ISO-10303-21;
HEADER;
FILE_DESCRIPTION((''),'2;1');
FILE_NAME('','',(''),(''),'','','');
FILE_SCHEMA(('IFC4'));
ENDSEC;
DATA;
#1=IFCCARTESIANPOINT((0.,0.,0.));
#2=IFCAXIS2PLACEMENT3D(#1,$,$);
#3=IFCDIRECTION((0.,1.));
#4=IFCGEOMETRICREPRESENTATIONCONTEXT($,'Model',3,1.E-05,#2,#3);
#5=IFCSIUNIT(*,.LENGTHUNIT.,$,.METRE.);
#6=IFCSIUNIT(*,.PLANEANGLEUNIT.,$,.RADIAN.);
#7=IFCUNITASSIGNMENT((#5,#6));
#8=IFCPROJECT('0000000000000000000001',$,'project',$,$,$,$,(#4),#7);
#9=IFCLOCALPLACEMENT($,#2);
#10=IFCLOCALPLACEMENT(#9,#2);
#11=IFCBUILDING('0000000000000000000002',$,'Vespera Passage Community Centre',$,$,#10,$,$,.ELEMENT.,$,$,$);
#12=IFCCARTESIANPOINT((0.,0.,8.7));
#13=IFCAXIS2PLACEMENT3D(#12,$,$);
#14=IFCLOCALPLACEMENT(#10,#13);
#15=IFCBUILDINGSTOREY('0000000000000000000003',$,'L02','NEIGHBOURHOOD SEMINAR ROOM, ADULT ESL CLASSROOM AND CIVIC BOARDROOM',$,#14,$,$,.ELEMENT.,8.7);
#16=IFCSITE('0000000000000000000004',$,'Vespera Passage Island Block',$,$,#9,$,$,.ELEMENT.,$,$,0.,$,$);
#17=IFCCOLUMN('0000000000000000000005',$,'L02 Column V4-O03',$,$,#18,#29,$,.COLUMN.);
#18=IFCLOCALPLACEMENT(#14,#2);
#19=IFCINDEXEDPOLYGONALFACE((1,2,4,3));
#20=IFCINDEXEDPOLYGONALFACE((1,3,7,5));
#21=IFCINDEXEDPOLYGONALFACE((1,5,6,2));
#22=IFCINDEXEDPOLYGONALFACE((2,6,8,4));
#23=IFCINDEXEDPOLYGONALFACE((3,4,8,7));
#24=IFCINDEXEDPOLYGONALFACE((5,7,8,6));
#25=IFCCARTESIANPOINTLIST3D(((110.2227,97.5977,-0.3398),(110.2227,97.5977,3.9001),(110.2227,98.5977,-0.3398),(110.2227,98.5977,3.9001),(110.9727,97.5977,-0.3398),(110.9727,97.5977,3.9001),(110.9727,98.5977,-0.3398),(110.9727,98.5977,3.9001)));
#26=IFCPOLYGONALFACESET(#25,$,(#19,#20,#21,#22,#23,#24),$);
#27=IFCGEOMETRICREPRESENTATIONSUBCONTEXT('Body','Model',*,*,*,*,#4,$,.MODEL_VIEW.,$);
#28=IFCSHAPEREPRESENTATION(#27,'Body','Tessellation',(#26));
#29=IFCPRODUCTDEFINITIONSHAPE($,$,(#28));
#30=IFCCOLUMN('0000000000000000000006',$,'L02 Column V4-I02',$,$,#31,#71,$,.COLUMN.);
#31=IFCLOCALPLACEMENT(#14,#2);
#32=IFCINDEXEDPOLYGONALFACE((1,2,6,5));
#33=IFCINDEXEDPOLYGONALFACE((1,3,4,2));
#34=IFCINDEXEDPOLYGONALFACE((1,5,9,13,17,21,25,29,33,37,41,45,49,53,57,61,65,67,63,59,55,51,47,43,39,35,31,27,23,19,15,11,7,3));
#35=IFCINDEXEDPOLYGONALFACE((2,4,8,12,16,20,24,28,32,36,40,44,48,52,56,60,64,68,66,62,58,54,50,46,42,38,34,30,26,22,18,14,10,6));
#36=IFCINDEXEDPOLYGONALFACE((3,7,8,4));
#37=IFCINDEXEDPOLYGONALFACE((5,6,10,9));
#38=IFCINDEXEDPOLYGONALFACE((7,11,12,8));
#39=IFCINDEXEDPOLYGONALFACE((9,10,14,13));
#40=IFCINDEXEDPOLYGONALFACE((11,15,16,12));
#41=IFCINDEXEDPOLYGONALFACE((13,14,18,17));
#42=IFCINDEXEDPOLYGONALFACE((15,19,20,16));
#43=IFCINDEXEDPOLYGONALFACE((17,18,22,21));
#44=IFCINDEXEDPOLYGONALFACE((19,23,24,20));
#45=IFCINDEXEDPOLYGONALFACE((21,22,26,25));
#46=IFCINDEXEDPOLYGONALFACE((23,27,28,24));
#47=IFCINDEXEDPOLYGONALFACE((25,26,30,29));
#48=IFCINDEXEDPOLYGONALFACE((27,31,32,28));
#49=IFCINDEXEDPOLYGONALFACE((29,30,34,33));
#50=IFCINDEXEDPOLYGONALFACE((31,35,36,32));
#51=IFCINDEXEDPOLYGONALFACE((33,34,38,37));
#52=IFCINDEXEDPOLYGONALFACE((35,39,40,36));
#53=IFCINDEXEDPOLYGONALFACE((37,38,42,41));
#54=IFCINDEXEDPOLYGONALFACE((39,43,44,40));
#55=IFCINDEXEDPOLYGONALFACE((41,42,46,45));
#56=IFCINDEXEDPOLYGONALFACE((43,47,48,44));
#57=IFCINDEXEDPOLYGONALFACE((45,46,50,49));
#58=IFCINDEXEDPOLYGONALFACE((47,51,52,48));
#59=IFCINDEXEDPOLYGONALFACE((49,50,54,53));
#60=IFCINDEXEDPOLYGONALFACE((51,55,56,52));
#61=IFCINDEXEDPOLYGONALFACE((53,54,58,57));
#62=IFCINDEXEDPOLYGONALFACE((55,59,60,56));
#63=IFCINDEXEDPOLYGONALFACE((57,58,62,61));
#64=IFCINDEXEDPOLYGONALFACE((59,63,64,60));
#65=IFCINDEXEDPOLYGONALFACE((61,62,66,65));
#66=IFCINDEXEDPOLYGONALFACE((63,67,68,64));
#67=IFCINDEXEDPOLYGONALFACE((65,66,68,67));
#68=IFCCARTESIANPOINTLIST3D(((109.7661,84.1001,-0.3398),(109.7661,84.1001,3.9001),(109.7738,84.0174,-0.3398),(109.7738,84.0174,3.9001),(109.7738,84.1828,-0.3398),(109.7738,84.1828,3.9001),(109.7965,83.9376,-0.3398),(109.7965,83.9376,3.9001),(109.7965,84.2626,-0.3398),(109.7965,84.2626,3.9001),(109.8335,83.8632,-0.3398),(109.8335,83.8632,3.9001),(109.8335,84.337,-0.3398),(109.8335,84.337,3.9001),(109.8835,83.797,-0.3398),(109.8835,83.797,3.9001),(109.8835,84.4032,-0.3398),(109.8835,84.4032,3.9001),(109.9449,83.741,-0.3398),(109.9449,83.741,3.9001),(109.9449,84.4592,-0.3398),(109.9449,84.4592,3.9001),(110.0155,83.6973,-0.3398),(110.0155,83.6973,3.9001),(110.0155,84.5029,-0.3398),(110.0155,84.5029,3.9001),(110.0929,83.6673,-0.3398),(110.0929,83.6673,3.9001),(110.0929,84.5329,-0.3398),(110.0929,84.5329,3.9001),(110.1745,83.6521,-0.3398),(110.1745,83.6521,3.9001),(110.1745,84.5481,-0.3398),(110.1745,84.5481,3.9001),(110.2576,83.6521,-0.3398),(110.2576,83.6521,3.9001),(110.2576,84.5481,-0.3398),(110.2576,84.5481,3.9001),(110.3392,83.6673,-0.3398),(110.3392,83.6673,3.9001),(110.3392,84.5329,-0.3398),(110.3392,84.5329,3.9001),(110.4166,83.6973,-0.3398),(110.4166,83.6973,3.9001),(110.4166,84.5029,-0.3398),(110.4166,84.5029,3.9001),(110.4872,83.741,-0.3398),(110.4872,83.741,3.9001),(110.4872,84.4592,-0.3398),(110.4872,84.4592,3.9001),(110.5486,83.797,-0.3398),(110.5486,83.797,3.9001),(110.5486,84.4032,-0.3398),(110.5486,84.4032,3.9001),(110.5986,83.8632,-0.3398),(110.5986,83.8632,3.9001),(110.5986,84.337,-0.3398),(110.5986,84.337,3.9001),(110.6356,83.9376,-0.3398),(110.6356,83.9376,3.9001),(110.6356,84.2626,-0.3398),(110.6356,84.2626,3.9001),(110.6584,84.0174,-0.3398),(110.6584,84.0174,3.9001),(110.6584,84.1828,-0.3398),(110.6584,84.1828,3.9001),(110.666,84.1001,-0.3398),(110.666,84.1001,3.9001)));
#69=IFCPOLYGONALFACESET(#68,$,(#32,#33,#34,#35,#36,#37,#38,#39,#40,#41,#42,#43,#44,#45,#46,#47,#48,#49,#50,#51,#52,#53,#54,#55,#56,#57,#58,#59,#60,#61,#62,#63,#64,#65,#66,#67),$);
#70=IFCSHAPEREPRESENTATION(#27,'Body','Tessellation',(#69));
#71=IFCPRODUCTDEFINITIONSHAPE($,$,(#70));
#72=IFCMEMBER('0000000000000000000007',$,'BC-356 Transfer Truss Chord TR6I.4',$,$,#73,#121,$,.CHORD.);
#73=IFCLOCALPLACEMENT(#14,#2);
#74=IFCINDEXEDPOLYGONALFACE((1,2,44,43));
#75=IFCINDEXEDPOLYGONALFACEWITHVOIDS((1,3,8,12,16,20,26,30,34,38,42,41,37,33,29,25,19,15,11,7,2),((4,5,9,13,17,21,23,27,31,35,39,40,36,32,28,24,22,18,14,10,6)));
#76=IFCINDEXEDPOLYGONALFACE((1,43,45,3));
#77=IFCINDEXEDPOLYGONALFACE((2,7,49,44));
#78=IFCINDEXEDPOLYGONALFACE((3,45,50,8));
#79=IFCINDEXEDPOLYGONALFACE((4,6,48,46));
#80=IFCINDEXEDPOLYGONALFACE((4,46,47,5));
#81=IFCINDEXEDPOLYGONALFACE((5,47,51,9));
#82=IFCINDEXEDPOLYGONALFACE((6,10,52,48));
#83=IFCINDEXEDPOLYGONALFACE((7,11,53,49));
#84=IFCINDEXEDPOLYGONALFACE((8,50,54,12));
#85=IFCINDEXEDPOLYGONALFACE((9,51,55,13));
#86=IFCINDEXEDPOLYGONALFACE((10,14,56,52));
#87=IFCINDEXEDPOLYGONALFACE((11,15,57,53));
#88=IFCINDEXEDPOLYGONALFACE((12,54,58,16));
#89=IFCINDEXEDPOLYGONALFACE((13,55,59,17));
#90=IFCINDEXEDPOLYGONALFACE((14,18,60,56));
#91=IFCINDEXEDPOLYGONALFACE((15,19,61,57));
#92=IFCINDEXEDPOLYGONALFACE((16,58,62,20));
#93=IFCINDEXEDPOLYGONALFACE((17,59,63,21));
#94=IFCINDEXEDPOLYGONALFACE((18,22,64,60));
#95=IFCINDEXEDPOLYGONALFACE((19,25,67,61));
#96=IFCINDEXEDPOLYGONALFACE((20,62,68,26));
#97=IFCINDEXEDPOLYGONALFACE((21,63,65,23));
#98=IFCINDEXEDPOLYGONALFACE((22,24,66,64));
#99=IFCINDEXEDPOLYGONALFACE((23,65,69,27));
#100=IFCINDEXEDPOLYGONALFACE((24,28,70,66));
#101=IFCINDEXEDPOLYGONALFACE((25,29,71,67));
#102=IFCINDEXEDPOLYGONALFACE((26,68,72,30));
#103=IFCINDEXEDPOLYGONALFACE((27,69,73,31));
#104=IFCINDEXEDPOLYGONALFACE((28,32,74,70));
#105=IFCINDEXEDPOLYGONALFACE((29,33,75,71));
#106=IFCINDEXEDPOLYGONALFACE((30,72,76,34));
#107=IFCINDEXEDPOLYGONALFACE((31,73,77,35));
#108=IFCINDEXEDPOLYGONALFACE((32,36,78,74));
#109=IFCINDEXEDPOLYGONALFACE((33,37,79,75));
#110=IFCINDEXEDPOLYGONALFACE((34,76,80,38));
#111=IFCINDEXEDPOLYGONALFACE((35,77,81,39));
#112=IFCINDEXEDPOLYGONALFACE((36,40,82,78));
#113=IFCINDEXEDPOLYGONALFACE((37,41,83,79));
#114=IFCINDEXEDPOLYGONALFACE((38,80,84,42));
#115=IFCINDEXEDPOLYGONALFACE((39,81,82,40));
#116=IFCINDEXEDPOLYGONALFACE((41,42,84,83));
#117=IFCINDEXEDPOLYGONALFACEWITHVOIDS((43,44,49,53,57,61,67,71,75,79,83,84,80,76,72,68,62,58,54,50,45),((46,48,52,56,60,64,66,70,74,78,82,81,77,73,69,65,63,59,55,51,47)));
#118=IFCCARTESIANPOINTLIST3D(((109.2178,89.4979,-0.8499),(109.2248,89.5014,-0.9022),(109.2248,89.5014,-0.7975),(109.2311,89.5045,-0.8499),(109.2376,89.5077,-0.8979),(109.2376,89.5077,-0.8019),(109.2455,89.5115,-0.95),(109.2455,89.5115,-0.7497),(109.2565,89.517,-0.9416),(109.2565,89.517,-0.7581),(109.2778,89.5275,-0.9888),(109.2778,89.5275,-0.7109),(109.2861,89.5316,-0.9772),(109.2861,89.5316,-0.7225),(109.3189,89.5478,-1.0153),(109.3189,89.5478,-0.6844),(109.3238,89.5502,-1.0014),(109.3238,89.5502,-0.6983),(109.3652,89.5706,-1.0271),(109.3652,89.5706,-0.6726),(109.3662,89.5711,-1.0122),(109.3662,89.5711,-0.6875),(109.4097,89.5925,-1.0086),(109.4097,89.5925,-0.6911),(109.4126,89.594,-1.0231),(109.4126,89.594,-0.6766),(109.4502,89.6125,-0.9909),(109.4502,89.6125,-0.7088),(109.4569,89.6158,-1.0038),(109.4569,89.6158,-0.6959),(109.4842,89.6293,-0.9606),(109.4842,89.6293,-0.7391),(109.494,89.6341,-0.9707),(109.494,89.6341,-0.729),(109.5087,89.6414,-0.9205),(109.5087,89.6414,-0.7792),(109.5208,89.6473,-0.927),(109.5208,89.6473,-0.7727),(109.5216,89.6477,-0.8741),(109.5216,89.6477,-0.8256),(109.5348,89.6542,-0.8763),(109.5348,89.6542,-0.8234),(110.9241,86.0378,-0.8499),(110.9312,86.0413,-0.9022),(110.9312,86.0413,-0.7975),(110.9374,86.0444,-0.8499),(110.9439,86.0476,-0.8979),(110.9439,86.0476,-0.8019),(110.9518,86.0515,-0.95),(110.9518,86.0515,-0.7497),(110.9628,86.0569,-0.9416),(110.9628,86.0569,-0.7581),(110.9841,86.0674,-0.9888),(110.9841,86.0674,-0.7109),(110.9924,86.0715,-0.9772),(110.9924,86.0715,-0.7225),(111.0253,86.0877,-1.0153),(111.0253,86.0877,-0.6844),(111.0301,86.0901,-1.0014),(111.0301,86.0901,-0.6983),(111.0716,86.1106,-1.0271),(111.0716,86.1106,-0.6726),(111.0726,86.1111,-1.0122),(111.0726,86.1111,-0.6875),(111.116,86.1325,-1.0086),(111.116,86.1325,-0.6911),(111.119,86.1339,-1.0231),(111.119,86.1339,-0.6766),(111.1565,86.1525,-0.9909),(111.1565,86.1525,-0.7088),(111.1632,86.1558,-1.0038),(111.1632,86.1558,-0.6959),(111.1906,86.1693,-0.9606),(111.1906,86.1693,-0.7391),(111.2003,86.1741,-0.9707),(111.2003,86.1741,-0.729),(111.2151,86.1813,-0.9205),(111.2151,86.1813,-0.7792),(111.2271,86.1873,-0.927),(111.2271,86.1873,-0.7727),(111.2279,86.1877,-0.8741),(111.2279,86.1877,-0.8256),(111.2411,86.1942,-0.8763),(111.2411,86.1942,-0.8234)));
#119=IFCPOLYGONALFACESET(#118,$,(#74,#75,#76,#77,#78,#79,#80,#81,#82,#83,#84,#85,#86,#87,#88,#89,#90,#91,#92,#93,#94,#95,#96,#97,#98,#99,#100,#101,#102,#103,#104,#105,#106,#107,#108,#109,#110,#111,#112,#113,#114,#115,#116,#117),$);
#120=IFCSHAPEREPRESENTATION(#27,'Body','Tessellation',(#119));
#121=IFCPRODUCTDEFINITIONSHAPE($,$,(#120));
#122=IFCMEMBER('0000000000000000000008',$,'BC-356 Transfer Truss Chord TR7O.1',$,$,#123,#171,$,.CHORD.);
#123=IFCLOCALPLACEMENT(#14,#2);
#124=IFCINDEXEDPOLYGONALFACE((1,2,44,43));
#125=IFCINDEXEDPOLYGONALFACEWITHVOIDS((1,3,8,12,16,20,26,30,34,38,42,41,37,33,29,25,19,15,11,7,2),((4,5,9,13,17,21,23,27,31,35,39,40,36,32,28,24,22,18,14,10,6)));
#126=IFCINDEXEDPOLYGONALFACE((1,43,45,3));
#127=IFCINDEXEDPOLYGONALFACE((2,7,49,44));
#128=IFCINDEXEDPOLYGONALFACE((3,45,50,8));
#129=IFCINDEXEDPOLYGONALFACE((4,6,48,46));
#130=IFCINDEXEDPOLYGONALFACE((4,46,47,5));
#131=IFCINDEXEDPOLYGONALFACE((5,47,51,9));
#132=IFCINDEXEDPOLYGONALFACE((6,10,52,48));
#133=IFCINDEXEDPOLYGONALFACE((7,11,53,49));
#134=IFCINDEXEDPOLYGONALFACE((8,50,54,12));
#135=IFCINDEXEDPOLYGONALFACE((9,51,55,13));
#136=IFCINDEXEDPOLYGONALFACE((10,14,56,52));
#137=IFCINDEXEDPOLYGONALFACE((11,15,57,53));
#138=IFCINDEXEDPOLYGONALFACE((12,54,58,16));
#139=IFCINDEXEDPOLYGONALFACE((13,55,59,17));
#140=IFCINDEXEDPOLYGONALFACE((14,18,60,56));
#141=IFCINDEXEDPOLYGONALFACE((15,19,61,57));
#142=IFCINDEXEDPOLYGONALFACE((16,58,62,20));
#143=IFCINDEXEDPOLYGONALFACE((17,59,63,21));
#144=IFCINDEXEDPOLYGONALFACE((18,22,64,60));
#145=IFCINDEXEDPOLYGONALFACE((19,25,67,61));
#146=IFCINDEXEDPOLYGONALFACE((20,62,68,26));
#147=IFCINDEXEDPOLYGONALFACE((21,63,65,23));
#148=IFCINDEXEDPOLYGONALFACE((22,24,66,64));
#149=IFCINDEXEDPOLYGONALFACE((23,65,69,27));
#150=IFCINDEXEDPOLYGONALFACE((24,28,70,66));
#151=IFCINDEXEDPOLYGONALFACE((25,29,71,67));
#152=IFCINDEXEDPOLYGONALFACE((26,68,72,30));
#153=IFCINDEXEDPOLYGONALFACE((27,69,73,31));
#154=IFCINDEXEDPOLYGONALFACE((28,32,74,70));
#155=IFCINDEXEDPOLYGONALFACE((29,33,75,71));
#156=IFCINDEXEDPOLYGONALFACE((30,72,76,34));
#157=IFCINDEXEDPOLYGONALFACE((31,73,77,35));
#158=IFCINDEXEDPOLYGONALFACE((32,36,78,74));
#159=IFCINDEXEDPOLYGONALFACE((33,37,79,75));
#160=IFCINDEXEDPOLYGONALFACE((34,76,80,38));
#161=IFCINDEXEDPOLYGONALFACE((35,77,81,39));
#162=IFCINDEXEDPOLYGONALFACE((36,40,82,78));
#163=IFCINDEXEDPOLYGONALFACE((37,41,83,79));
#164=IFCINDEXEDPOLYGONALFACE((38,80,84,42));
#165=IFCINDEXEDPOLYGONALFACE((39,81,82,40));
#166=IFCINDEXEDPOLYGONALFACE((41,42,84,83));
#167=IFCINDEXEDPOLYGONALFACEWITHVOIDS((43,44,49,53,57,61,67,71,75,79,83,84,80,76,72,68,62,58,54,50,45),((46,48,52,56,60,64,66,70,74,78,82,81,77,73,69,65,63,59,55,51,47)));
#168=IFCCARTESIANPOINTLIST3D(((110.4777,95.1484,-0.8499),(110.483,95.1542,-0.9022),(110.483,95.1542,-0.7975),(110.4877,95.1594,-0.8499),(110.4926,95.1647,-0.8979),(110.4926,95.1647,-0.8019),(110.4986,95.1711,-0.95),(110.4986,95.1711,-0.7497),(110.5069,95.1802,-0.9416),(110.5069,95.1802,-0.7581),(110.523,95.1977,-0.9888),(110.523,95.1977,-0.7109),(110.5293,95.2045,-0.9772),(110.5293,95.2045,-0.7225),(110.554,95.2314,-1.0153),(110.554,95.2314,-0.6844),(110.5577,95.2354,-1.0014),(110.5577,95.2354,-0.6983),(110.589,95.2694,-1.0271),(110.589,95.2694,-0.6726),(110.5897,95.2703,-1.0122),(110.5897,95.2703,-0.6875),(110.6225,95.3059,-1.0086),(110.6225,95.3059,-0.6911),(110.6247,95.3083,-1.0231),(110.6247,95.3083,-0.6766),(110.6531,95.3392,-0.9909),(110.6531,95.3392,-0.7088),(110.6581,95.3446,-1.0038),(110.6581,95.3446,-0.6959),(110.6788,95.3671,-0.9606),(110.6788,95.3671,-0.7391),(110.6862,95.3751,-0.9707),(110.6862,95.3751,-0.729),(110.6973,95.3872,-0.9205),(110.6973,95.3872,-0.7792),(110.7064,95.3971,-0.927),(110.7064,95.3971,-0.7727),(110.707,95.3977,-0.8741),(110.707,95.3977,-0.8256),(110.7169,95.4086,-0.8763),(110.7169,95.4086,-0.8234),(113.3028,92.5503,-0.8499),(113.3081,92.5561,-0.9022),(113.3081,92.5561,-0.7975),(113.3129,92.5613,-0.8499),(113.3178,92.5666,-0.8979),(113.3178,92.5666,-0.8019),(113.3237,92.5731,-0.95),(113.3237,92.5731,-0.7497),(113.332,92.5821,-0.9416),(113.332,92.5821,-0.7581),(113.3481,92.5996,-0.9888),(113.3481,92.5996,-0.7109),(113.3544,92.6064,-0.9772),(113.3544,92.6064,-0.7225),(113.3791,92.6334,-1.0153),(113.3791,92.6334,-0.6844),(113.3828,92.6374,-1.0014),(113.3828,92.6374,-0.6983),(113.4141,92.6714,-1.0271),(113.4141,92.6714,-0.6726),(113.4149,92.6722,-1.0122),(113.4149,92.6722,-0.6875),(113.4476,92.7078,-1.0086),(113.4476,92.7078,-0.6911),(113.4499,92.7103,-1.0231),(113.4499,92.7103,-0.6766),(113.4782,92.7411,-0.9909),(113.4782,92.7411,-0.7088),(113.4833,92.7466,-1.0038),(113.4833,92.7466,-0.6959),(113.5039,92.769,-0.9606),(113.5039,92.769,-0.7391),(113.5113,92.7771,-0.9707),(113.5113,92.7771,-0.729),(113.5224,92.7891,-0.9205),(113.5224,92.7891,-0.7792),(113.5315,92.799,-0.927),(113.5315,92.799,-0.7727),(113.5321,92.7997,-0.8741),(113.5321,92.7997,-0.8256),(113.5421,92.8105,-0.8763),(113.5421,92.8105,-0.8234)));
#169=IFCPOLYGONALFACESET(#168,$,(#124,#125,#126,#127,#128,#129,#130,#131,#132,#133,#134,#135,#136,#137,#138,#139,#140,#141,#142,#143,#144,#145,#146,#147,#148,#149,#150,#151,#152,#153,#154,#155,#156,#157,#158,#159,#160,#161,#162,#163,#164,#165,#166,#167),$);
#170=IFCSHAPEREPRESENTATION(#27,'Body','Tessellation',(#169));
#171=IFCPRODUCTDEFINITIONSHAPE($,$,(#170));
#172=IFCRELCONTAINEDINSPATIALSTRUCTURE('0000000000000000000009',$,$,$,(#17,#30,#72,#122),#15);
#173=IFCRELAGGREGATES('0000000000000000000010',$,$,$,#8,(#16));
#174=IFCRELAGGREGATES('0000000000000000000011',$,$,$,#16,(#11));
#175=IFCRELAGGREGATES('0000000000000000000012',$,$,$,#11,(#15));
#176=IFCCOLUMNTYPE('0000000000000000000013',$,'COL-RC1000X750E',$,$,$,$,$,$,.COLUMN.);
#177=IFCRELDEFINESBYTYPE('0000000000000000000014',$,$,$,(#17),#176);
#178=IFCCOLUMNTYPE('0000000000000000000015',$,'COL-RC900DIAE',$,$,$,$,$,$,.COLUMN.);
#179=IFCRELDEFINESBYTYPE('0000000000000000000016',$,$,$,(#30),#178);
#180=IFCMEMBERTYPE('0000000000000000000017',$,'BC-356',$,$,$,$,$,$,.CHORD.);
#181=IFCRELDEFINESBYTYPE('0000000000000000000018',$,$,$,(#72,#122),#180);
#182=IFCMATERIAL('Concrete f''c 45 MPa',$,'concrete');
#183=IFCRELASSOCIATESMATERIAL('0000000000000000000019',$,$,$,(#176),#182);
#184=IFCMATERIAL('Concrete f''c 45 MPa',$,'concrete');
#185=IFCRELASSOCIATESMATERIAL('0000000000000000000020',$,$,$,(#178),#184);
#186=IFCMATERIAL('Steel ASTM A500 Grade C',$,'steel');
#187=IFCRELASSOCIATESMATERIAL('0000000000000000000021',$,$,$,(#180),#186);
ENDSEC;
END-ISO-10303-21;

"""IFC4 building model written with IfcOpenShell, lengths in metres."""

from ifc_helpers import new_model, si_unit, direction, frame, origin, origin_2d, place, context, subcontext, project, spatial, rectangle, circle, hollow_circle, extrude, material, material_profile, profile_set, type_object, element, save


model = new_model("IFC4")

# Units and contexts
model_context = context("Model", 3, precision=1e-05, world=origin(), true_north=direction((0.0, 1.0)))
body_context = subcontext(model_context, "Body", "Model", "MODEL_VIEW")
ifc_project = project(units=[si_unit("LENGTHUNIT", "METRE"), si_unit("PLANEANGLEUNIT", "RADIAN")], contexts=[model_context])

# Site, building, storey
site_placement = place(None, origin())
site = spatial("IfcSite", under=ifc_project, at=site_placement, Name="Vespera Passage Island Block", CompositionType="ELEMENT", RefElevation=0.0)
building_placement = place(site_placement, origin())
building = spatial("IfcBuilding", under=site, at=building_placement, Name="Vespera Passage Community Centre", CompositionType="ELEMENT")
storey_placement = place(building_placement, frame((0.0, 0.0, 8.7)))
storey = spatial("IfcBuildingStorey", under=building, at=storey_placement, Name="L02", Description="NEIGHBOURHOOD SEMINAR ROOM, ADULT ESL CLASSROOM AND CIVIC BOARDROOM", CompositionType="ELEMENT", Elevation=8.7)

# Columns
ifc_material_1 = material(Name="Concrete f'c 45 MPa", Category="concrete")
ifc_material_profile_1 = material_profile(ifc_material_1, rectangle(XDim=0.75, YDim=1.0, at=origin_2d()), Name="RC1000X750")
ifc_profile_set_1 = profile_set([ifc_material_profile_1], Name="Concrete f'c 45 MPa")
column_type_1 = type_object("IfcColumnType", Name="COL-RC1000X750E", PredefinedType="COLUMN", material=ifc_profile_set_1)
column_1_placement = place(storey_placement, frame((110.5977, 98.0977, -0.3398), z_axis=(0.0, 0.0, 1.0), x_axis=(1.0, 0.0, 0.0)))
element("IfcColumn", 1, at=column_1_placement, inside=storey, type_object=column_type_1, Name="L02 Column V4-O03", PredefinedType="COLUMN", context=body_context, shape_type="SweptSolid", body=[
    extrude(rectangle(XDim=0.75, YDim=1.0, at=origin_2d()), origin(), (0.0, 0.0, 1.0), 4.24),
])
ifc_material_2 = material(Name="Concrete f'c 45 MPa", Category="concrete")
ifc_material_profile_2 = material_profile(ifc_material_2, circle(Radius=0.45, at=origin_2d()), Name="RC900DIA")
ifc_profile_set_2 = profile_set([ifc_material_profile_2], Name="Concrete f'c 45 MPa")
column_type_2 = type_object("IfcColumnType", Name="COL-RC900DIAE", PredefinedType="COLUMN", material=ifc_profile_set_2)
column_2_placement = place(storey_placement, frame((110.2161, 84.1001, -0.3398), z_axis=(0.0, 0.0, 1.0), x_axis=(1.0, 0.0, 0.0)))
element("IfcColumn", 2, at=column_2_placement, inside=storey, type_object=column_type_2, Name="L02 Column V4-I02", PredefinedType="COLUMN", context=body_context, shape_type="SweptSolid", body=[
    extrude(circle(Radius=0.45, at=origin_2d()), origin(), (0.0, 0.0, 1.0), 4.24),
])

# Members
ifc_material_3 = material(Name="Steel ASTM A500 Grade C", Category="steel")
ifc_material_profile_3 = material_profile(ifc_material_3, hollow_circle(Radius=0.1777, WallThickness=0.0149, at=origin_2d()), Name="CHS356X15.9")
ifc_profile_set_3 = profile_set([ifc_material_profile_3], Name="Steel ASTM A500 Grade C")
member_type_1 = type_object("IfcMemberType", Name="BC-356", PredefinedType="CHORD", material=ifc_profile_set_3)
member_1_placement = place(storey_placement, frame((111.0835, 86.1165, -0.8499), z_axis=(-0.442296, 0.896869, 0.0), x_axis=(-0.896869, -0.442296, 0.0)))
element("IfcMember", 3, at=member_1_placement, inside=storey, type_object=member_type_1, Name="BC-356 Transfer Truss Chord TR6I.4", PredefinedType="CHORD", context=body_context, shape_type="SweptSolid", body=[
    extrude(hollow_circle(Radius=0.1777, WallThickness=0.0149, at=origin_2d()), origin(), (0.0, 0.0, 1.0), 3.8579),
])
member_2_placement = place(storey_placement, frame((113.4231, 92.6812, -0.8499), z_axis=(-0.736065, 0.67691, 0.0), x_axis=(-0.67691, -0.736065, 0.0)))
element("IfcMember", 4, at=member_2_placement, inside=storey, type_object=member_type_1, Name="BC-356 Transfer Truss Chord TR7O.1", PredefinedType="CHORD", context=body_context, shape_type="SweptSolid", body=[
    extrude(hollow_circle(Radius=0.1777, WallThickness=0.0149, at=origin_2d()), origin(), (0.0, 0.0, 1.0), 3.8381),
])

save(model, "model.ifc")
